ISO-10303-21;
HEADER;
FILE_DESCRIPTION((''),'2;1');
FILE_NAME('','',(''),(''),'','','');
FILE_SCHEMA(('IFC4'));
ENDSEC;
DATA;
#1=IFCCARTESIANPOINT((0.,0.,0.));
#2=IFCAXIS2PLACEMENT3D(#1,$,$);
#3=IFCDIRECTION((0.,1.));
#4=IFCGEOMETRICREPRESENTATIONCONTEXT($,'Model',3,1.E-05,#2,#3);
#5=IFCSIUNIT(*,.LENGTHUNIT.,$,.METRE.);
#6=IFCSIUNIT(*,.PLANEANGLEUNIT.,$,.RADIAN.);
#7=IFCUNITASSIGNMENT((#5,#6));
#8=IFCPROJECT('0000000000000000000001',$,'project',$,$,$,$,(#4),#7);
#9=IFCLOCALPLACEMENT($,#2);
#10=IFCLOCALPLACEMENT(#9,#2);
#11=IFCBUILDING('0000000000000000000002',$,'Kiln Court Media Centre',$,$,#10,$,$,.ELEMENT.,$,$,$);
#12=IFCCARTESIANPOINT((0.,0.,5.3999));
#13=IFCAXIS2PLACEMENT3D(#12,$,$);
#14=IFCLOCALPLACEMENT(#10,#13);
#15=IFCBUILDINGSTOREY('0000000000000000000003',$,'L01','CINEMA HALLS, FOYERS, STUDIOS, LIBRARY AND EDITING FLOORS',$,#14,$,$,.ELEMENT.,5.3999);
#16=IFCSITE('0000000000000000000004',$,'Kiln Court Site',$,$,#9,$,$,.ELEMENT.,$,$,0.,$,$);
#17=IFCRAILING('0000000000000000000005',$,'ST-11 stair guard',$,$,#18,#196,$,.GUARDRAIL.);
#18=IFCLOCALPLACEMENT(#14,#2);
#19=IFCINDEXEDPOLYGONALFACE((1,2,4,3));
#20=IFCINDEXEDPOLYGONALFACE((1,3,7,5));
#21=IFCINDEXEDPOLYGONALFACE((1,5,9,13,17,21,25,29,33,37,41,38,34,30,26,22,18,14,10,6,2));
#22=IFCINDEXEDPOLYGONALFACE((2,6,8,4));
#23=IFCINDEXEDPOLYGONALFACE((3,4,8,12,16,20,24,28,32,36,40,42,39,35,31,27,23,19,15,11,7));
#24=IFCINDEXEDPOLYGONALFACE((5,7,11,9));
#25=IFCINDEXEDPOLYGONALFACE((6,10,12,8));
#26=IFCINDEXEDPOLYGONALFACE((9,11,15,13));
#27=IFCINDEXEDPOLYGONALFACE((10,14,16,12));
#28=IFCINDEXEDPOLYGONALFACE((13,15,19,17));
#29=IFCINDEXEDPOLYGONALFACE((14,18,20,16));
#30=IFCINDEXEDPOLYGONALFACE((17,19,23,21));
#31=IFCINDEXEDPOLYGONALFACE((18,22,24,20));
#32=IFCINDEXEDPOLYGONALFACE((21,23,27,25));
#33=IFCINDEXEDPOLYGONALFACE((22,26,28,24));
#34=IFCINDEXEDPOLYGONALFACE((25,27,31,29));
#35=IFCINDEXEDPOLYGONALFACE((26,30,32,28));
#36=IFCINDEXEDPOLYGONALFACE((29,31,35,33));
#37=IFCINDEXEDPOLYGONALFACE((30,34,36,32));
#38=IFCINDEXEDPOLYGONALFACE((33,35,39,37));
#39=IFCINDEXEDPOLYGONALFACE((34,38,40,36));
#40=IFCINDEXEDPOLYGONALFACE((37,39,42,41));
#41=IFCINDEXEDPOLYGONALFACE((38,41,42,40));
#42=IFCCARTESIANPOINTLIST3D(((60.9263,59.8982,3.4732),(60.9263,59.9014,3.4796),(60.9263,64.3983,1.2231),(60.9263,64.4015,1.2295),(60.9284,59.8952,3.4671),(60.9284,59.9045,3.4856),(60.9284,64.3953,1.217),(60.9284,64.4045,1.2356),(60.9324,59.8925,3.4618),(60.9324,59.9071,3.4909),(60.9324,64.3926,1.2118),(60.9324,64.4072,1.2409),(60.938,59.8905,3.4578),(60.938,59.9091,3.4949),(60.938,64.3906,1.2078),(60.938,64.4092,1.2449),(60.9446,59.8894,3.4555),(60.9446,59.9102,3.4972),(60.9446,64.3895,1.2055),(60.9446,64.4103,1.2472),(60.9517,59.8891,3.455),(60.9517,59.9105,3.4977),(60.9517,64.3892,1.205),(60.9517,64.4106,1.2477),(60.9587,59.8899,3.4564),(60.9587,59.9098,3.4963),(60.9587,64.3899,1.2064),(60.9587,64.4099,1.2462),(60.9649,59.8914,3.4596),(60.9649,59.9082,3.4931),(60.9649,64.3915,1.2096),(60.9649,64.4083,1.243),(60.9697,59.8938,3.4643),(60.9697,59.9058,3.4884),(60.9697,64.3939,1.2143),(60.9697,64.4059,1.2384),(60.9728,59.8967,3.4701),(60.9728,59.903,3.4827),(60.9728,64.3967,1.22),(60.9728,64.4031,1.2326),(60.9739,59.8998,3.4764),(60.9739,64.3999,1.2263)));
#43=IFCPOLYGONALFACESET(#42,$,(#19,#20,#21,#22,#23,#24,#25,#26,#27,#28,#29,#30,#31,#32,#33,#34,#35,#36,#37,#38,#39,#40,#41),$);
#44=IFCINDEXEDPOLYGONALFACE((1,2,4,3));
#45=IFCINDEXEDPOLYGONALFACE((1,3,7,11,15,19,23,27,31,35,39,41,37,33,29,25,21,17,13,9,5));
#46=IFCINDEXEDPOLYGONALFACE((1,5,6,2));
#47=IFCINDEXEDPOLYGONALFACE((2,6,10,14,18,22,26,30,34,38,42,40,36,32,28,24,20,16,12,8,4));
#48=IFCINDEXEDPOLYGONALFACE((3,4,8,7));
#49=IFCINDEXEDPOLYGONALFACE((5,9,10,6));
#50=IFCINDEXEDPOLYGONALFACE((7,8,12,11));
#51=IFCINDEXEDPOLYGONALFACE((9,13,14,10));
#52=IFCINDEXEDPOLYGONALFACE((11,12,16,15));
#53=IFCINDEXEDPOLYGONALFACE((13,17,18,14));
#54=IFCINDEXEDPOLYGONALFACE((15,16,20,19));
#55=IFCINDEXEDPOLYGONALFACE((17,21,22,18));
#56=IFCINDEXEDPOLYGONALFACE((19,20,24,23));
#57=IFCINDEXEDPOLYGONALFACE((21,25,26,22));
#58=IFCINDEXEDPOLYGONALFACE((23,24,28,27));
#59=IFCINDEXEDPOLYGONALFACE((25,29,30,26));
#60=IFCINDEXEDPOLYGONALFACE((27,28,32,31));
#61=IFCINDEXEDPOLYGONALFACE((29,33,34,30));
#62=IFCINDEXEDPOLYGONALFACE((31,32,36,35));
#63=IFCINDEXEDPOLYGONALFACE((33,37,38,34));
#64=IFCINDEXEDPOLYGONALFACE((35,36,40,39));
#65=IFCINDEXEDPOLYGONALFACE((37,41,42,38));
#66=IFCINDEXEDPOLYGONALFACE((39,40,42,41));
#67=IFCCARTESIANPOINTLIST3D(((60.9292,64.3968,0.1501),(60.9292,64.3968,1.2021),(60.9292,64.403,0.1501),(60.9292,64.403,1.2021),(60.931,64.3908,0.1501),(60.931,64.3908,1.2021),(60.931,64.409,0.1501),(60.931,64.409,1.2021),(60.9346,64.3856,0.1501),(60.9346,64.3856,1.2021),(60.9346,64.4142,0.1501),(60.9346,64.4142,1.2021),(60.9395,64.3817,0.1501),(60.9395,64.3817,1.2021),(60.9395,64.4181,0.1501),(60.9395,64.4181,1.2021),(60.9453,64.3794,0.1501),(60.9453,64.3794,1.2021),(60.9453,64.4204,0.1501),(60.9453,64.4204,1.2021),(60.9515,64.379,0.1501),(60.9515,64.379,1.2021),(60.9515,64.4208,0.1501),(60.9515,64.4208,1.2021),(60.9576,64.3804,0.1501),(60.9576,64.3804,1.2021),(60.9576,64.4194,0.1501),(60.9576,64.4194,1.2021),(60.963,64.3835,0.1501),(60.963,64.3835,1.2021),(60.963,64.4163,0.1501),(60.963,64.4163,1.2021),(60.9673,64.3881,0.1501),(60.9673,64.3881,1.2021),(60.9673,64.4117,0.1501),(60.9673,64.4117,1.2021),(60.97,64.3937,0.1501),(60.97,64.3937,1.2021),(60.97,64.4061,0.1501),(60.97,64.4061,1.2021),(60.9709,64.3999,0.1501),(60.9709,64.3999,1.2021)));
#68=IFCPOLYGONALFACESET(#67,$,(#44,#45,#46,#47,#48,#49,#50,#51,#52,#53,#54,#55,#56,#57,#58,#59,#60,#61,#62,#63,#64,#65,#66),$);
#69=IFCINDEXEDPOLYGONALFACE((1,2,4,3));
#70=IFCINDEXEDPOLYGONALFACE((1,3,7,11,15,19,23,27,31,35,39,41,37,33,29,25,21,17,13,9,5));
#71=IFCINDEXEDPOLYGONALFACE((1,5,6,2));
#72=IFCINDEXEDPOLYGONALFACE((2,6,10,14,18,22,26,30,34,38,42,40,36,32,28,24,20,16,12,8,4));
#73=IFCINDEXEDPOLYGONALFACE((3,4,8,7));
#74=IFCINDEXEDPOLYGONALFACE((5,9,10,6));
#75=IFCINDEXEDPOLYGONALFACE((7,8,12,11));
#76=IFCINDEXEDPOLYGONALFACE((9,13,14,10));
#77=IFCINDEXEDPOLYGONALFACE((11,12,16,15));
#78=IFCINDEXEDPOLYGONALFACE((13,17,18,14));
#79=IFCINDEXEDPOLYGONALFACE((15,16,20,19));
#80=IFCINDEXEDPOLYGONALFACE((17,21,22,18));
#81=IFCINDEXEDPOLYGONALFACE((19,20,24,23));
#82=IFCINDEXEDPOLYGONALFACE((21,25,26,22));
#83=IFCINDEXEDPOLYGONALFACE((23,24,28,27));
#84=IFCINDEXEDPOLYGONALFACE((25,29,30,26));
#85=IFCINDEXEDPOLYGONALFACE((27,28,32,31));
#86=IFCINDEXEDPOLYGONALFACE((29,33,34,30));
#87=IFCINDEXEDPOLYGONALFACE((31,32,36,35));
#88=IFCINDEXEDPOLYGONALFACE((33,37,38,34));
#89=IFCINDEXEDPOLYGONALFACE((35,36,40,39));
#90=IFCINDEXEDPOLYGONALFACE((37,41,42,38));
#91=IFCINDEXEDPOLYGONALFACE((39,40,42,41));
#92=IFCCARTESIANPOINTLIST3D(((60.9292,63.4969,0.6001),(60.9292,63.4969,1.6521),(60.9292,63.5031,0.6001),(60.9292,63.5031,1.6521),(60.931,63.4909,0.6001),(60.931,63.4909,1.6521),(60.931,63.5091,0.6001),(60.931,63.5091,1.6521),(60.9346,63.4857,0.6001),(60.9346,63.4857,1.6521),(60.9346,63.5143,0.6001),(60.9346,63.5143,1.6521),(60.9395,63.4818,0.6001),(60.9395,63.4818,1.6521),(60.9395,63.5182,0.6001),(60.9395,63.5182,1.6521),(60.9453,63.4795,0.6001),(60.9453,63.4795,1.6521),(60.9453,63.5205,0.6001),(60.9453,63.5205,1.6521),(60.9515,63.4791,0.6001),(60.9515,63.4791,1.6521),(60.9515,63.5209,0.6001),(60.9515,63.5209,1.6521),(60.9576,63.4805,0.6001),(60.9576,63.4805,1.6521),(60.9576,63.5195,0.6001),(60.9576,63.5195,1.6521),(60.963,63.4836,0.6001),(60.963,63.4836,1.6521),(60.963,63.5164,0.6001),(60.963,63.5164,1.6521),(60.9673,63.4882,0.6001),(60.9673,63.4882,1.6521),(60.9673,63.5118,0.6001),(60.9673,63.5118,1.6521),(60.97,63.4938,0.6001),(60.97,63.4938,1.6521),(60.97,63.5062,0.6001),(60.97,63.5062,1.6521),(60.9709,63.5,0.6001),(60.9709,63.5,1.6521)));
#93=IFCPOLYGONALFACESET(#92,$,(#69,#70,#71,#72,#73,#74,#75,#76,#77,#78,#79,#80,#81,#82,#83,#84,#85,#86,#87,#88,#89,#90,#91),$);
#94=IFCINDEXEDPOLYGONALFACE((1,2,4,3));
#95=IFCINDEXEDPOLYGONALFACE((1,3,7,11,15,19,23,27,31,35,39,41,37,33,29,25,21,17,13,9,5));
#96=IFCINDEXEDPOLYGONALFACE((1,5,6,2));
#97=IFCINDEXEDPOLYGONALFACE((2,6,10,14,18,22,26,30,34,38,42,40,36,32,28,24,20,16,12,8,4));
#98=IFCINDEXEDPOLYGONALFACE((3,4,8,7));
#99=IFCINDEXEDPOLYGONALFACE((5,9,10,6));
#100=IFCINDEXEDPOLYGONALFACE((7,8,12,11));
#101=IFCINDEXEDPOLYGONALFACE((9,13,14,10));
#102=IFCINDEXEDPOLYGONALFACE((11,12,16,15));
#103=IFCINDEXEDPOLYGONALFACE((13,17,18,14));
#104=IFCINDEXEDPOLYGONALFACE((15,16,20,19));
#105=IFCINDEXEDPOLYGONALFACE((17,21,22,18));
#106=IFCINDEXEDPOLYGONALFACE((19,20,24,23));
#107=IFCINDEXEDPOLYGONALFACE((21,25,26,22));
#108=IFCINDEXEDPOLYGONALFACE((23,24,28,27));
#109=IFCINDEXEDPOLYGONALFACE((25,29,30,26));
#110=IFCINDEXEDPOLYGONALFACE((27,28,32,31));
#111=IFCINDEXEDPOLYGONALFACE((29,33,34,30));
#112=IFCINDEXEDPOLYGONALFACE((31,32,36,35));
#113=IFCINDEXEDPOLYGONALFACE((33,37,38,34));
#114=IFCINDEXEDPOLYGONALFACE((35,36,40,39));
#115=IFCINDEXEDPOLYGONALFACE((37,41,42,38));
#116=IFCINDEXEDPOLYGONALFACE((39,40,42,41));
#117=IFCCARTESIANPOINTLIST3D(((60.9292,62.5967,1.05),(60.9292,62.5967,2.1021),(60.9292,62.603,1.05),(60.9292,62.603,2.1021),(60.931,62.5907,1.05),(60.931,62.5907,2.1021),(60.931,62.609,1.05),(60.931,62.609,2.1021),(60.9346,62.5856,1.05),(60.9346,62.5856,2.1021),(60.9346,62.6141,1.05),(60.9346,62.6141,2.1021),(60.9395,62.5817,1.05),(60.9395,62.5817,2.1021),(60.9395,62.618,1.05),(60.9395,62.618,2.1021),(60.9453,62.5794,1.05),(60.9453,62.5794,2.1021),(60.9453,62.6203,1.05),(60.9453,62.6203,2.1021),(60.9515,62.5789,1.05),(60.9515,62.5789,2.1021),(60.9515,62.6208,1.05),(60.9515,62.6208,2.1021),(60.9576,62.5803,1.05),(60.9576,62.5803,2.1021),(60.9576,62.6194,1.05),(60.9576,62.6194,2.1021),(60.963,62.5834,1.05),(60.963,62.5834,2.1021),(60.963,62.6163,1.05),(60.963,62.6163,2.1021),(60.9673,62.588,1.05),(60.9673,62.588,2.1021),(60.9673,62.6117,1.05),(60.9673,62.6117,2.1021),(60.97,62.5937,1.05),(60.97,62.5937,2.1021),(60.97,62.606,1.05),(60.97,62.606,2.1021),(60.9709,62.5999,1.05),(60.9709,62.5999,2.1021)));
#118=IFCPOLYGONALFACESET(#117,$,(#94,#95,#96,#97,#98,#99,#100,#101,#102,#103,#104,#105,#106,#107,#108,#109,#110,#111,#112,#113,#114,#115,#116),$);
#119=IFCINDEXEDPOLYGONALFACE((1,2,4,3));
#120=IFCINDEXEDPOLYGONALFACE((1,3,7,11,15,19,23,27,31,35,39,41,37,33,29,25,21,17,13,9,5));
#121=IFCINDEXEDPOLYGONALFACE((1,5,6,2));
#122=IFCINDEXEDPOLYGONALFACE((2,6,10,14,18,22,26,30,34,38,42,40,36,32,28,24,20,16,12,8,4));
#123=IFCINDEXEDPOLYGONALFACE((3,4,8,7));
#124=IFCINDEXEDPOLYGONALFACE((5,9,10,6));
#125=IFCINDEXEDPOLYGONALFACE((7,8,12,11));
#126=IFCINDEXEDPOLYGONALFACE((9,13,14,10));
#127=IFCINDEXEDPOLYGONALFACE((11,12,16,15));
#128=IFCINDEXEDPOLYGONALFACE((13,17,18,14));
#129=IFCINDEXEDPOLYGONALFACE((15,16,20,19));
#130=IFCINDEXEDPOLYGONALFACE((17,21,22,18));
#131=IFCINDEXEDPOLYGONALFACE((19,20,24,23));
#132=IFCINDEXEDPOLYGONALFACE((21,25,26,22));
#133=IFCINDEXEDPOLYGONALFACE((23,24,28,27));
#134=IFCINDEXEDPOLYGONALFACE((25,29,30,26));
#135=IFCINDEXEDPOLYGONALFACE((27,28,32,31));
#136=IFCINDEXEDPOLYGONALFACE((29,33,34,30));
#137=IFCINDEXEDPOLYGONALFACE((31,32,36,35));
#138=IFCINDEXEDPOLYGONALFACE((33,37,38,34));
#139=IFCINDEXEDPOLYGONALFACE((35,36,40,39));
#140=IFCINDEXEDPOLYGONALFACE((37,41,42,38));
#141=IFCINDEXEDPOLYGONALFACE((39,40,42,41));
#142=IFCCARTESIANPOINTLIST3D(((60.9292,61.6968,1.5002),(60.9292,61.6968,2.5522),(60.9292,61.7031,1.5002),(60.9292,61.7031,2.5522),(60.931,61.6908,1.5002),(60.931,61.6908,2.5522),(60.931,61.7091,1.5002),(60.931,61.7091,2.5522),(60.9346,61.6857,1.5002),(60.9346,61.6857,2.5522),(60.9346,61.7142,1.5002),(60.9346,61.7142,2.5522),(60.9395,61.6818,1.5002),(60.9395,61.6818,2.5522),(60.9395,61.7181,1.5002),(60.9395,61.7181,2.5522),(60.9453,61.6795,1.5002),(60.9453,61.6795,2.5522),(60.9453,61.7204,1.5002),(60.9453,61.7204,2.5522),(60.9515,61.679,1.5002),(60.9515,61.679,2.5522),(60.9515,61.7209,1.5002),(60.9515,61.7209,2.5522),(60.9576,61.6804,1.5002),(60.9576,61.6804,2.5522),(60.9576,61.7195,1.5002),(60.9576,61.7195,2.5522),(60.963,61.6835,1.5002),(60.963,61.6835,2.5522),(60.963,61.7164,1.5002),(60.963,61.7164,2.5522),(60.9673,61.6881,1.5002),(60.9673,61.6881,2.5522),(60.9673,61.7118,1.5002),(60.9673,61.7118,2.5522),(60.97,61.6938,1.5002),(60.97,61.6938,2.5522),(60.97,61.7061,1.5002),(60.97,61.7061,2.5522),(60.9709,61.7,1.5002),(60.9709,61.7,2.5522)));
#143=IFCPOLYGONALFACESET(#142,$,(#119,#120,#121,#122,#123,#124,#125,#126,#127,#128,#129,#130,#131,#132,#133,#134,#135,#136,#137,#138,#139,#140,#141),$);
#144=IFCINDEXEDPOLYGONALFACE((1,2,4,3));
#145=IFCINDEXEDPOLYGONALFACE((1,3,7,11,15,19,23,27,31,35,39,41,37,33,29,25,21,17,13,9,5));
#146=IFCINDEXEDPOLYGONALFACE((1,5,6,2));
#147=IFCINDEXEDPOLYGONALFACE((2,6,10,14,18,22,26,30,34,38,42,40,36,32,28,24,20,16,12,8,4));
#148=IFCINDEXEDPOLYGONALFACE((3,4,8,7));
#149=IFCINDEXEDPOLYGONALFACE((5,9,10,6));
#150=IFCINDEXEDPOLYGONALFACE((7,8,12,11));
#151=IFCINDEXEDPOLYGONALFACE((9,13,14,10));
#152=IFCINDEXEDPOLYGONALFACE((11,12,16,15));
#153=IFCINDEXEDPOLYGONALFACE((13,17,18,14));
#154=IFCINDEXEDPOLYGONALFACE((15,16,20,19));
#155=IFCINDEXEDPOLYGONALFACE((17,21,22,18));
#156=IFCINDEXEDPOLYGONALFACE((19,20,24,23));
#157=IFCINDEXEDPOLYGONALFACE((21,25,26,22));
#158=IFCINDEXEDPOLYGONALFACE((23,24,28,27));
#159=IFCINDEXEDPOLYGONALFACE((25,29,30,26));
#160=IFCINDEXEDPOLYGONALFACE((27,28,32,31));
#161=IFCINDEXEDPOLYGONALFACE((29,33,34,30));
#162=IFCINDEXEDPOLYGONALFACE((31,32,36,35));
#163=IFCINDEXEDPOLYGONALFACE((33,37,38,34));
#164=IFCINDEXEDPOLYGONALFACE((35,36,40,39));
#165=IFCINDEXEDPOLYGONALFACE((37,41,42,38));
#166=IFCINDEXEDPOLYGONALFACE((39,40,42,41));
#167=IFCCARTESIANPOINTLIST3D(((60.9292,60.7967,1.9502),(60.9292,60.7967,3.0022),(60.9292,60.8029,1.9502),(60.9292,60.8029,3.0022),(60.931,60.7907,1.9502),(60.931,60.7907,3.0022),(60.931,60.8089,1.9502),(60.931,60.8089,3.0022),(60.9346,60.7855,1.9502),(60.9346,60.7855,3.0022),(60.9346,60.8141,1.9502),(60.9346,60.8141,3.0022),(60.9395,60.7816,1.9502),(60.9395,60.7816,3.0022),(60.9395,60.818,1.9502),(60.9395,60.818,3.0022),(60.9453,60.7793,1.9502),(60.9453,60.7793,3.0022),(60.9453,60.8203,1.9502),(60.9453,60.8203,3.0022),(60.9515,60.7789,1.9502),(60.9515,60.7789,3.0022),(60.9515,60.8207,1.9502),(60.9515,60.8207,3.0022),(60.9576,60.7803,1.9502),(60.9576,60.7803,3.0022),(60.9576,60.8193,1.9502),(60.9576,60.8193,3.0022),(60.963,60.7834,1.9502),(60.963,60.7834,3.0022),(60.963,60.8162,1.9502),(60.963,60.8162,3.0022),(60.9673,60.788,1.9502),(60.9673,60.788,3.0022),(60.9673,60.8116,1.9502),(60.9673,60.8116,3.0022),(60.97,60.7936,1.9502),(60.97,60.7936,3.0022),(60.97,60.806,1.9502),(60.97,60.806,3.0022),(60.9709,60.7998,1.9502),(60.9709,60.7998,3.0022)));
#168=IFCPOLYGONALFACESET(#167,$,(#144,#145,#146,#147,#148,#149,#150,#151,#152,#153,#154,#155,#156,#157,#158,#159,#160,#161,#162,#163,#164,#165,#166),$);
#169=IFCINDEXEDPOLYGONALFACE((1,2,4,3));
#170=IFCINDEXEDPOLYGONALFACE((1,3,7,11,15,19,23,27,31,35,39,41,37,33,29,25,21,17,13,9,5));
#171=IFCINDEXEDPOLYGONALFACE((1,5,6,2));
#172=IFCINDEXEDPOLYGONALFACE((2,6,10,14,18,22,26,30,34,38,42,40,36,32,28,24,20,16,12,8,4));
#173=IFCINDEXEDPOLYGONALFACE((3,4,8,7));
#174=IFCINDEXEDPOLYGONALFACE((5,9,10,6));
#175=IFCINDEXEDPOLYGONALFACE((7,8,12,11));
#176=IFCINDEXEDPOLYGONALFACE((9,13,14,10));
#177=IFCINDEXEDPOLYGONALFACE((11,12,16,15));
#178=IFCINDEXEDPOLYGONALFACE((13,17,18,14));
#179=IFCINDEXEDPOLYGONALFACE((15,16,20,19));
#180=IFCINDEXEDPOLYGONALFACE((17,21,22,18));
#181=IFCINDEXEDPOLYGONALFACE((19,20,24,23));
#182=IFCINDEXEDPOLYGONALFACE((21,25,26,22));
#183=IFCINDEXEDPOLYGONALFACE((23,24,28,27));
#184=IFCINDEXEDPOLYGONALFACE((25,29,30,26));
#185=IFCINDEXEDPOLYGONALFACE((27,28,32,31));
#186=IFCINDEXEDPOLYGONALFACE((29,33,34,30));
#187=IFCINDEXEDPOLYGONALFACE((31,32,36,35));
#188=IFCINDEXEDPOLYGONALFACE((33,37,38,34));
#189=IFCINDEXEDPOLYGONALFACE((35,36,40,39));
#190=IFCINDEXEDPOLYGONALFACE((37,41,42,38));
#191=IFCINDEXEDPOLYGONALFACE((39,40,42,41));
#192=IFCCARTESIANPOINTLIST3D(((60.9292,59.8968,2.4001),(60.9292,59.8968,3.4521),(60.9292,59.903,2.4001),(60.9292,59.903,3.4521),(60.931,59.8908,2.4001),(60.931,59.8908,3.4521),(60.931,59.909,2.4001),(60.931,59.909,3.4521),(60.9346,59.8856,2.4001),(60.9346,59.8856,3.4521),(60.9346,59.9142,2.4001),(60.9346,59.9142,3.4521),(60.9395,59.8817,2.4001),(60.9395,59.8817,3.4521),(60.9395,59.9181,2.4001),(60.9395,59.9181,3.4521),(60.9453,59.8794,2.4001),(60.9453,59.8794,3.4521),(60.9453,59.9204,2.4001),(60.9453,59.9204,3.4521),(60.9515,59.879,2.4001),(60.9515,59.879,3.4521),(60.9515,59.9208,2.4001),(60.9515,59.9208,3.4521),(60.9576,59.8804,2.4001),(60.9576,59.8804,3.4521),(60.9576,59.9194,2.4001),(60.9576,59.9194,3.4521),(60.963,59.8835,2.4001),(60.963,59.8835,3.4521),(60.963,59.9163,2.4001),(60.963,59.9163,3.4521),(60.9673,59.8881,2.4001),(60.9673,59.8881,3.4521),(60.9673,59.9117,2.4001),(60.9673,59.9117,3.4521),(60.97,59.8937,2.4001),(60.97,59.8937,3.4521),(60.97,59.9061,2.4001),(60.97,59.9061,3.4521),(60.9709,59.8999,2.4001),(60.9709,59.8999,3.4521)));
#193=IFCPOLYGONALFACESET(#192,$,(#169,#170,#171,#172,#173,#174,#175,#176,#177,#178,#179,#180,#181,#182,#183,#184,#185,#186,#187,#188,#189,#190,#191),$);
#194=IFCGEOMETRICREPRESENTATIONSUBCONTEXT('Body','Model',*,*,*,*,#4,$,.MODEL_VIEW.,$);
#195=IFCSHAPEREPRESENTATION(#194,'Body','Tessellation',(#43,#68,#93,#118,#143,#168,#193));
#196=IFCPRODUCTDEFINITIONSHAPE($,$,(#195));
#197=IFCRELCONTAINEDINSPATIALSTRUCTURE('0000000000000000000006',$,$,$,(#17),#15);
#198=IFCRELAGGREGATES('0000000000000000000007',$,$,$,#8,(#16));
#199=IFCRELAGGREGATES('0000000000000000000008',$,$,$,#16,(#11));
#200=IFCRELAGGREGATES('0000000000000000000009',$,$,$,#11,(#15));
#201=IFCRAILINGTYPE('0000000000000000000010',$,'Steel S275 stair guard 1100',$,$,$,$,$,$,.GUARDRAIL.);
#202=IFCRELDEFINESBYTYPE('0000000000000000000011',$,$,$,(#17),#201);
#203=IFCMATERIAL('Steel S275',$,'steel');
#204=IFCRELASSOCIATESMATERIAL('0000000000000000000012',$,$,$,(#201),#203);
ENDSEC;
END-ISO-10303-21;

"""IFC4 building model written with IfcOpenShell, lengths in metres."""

from ifc_helpers import new_model, si_unit, direction, frame, origin, origin_2d, place, context, subcontext, project, spatial, circle, extrude, material, type_object, element, save


model = new_model("IFC4")

# Units and contexts
model_context = context("Model", 3, precision=1e-05, world=origin(), true_north=direction((0.0, 1.0)))
body_context = subcontext(model_context, "Body", "Model", "MODEL_VIEW")
ifc_project = project(units=[si_unit("LENGTHUNIT", "METRE"), si_unit("PLANEANGLEUNIT", "RADIAN")], contexts=[model_context])

# Site, building, storey
site_placement = place(None, origin())
site = spatial("IfcSite", under=ifc_project, at=site_placement, Name="Kiln Court Site", CompositionType="ELEMENT", RefElevation=0.0)
building_placement = place(site_placement, origin())
building = spatial("IfcBuilding", under=site, at=building_placement, Name="Kiln Court Media Centre", CompositionType="ELEMENT")
storey_placement = place(building_placement, frame((0.0, 0.0, 5.3999)))
storey = spatial("IfcBuildingStorey", under=building, at=storey_placement, Name="L01", Description="CINEMA HALLS, FOYERS, STUDIOS, LIBRARY AND EDITING FLOORS", CompositionType="ELEMENT", Elevation=5.3999)

# Railing
ifc_material_1 = material(Name="Steel S275", Category="steel")
railing_type_1 = type_object("IfcRailingType", Name="Steel S275 stair guard 1100", PredefinedType="GUARDRAIL", material=ifc_material_1)
railing_1_placement = place(storey_placement, frame((60.95, 64.3999, 0.1501)))
element("IfcRailing", 1, at=railing_1_placement, inside=storey, type_object=railing_type_1, Name="ST-11 stair guard", PredefinedType="GUARDRAIL", context=body_context, shape_type="SweptSolid", body=[
    extrude(circle(Radius=0.0239, at=origin_2d()), frame((0.0, 0.0, 1.0762), z_axis=(0.0, -0.894427, 0.447214), x_axis=(1.0, 0.0, 0.0)), (0.0, 0.0, 1.0), 5.0312),
    extrude(circle(Radius=0.021, at=origin_2d()), origin(), (0.0, 0.0, 1.0), 1.052),
    extrude(circle(Radius=0.021, at=origin_2d()), frame((0.0, -0.8999, 0.45)), (0.0, 0.0, 1.0), 1.052),
    extrude(circle(Radius=0.021, at=origin_2d()), frame((0.0, -1.8, 0.8999)), (0.0, 0.0, 1.0), 1.052),
    extrude(circle(Radius=0.021, at=origin_2d()), frame((0.0, -2.7, 1.3501)), (0.0, 0.0, 1.0), 1.052),
    extrude(circle(Radius=0.021, at=origin_2d()), frame((0.0, -3.6001, 1.8)), (0.0, 0.0, 1.0), 1.052),
    extrude(circle(Radius=0.021, at=origin_2d()), frame((0.0, -4.5, 2.25)), (0.0, 0.0, 1.0), 1.052),
])

save(model, "model.ifc")
